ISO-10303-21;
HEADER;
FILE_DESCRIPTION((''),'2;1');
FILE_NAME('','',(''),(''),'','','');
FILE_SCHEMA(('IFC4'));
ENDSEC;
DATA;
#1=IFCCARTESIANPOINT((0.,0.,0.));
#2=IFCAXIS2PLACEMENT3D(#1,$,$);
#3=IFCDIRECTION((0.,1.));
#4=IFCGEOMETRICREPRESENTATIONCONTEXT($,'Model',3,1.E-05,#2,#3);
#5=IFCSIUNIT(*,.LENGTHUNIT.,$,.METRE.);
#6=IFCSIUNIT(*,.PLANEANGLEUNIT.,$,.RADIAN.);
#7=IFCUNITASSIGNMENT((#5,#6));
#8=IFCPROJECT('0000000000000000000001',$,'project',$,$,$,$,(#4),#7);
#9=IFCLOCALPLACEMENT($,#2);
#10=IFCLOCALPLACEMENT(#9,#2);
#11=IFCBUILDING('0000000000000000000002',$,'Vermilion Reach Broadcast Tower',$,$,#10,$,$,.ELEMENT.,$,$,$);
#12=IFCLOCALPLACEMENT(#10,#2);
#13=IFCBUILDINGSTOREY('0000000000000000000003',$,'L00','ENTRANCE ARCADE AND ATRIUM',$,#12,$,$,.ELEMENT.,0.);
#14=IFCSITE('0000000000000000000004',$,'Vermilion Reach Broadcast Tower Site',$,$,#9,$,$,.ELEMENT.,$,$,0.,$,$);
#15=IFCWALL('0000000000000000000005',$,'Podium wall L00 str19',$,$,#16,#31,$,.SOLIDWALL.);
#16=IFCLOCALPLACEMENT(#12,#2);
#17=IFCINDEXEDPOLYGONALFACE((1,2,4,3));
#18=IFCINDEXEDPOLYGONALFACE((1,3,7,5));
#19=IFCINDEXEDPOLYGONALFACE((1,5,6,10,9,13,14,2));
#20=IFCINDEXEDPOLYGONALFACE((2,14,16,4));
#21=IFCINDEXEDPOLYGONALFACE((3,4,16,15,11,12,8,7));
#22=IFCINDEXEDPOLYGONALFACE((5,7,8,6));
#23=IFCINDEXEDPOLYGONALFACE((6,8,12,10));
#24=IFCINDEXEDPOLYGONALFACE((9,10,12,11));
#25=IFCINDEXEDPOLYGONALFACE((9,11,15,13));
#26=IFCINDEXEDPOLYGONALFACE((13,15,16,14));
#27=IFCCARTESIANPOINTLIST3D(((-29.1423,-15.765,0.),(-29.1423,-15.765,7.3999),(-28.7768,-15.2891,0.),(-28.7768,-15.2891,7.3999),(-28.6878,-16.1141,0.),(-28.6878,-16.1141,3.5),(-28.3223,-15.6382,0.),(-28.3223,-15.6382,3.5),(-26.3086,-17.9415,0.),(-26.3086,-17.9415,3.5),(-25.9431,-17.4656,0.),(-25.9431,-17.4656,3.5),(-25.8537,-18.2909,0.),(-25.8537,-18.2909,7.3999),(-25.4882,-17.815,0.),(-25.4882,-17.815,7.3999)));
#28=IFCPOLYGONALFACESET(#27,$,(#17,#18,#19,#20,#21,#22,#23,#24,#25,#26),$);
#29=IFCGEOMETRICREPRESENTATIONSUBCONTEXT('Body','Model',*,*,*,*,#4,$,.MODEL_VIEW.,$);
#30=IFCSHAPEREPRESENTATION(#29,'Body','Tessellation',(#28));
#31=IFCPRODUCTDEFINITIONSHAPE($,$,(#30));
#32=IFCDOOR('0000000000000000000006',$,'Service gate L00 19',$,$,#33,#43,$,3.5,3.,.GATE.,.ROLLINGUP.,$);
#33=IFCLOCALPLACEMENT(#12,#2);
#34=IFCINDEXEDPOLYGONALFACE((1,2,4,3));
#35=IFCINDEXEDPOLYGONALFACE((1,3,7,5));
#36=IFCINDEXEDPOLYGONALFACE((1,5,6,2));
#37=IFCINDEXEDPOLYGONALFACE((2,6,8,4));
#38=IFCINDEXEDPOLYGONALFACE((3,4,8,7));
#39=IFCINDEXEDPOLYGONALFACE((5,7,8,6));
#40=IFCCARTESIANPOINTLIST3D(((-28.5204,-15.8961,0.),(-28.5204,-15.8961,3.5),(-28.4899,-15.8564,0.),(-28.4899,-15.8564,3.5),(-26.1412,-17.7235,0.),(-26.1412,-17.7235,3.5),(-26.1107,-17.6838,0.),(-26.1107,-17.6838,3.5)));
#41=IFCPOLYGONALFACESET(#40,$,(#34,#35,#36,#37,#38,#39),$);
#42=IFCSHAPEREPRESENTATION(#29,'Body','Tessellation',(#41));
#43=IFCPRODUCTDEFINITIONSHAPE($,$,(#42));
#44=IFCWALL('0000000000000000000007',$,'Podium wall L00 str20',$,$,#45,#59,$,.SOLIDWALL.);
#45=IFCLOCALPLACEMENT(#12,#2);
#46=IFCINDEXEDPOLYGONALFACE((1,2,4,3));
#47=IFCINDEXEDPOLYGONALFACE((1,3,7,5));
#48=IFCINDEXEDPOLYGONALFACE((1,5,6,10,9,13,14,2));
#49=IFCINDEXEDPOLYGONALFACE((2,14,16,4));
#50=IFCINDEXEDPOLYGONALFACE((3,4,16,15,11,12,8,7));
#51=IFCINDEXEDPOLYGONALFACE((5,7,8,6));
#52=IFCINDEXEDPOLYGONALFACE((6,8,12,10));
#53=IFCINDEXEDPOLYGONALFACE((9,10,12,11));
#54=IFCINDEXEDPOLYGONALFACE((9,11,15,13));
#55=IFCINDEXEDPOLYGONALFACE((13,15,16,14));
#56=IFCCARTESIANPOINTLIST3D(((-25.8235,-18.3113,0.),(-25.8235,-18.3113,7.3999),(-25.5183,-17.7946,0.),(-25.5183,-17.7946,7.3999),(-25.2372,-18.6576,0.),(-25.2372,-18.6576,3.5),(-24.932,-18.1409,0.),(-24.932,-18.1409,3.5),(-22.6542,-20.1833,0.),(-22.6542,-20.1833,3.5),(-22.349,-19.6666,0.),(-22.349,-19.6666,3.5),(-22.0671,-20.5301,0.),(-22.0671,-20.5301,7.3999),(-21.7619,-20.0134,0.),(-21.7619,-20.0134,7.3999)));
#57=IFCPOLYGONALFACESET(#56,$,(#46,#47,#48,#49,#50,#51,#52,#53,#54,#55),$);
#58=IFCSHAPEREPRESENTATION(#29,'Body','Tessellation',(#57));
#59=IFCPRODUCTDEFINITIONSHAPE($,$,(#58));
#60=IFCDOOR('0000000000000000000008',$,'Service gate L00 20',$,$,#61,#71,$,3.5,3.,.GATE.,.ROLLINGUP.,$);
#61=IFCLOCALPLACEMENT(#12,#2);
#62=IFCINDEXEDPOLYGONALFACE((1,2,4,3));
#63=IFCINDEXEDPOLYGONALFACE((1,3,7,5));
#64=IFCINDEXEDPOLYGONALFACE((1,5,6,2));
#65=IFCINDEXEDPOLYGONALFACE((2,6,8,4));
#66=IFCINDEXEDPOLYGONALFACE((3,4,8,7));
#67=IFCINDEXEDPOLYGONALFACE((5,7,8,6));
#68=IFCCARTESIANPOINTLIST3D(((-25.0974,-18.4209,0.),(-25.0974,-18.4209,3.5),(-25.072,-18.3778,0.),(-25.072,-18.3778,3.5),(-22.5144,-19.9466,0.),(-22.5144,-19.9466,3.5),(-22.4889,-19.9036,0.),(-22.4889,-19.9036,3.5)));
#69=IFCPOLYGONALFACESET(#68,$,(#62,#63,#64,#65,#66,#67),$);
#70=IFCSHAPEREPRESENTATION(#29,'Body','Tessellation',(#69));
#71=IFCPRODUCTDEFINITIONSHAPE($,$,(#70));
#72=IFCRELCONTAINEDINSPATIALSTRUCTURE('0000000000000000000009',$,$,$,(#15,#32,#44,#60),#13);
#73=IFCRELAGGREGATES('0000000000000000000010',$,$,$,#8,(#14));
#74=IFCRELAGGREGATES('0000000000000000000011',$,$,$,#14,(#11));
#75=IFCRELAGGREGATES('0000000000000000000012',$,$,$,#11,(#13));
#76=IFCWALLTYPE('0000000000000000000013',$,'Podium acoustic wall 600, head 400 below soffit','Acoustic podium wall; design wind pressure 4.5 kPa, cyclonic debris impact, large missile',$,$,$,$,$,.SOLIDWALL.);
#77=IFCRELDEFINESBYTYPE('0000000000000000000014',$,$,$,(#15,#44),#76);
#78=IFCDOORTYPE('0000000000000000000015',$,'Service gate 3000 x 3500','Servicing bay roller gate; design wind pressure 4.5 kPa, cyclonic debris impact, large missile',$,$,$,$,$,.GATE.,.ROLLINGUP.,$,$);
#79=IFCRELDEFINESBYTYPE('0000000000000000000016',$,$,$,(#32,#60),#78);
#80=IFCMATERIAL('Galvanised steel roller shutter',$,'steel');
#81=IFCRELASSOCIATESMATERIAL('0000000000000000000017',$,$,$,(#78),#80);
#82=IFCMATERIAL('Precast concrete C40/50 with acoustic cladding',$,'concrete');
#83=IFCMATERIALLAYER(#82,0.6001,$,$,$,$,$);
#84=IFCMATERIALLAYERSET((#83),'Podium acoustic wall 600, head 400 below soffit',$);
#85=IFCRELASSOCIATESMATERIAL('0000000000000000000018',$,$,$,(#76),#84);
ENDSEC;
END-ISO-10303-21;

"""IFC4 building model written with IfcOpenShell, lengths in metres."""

from ifc_helpers import new_model, si_unit, direction, frame, frame_2d, origin, place, context, subcontext, project, spatial, rectangle, extrude, material, layer, layer_set, type_object, element, fill, save


model = new_model("IFC4")

# Units and contexts
model_context = context("Model", 3, precision=1e-05, world=origin(), true_north=direction((0.0, 1.0)))
body_context = subcontext(model_context, "Body", "Model", "MODEL_VIEW")
ifc_project = project(units=[si_unit("LENGTHUNIT", "METRE"), si_unit("PLANEANGLEUNIT", "RADIAN")], contexts=[model_context])

# Site, building, storey
site_placement = place(None, origin())
site = spatial("IfcSite", under=ifc_project, at=site_placement, Name="Vermilion Reach Broadcast Tower Site", CompositionType="ELEMENT", RefElevation=0.0)
building_placement = place(site_placement, origin())
building = spatial("IfcBuilding", under=site, at=building_placement, Name="Vermilion Reach Broadcast Tower", CompositionType="ELEMENT")
storey_placement = place(building_placement, origin())
storey = spatial("IfcBuildingStorey", under=building, at=storey_placement, Name="L00", Description="ENTRANCE ARCADE AND ATRIUM", CompositionType="ELEMENT", Elevation=0.0)

# Walls, openings, doors
ifc_material_1 = material(Name="Galvanised steel roller shutter", Category="steel")
door_type_1 = type_object("IfcDoorType", Name="Service gate 3000 x 3500", Description="Servicing bay roller gate; design wind pressure 4.5 kPa, cyclonic debris impact, large missile", OperationType="ROLLINGUP", PredefinedType="GATE", material=ifc_material_1)
ifc_material_2 = material(Name="Precast concrete C40/50 with acoustic cladding", Category="concrete")
ifc_layer_1 = layer(ifc_material_2, 0.6001)
ifc_layer_set_1 = layer_set([ifc_layer_1], Name="Podium acoustic wall 600, head 400 below soffit")
wall_type_1 = type_object("IfcWallType", Name="Podium acoustic wall 600, head 400 below soffit", Description="Acoustic podium wall; design wind pressure 4.5 kPa, cyclonic debris impact, large missile", PredefinedType="SOLIDWALL", material=ifc_layer_set_1)
wall_1_placement = place(storey_placement, frame((-28.9595, -15.5271, 0.0), z_axis=(0.0, 0.0, 1.0), x_axis=(0.793066, -0.609136, 0.0)))
wall_1 = element("IfcWall", 1, at=wall_1_placement, inside=storey, type_object=wall_type_1, Name="Podium wall L00 str19", PredefinedType="SOLIDWALL", context=body_context, shape_type="SweptSolid", body=[
    extrude(rectangle(XDim=4.1467, YDim=0.6001, at=frame_2d((2.0732, 0.0))), origin(), (0.0, 0.0, 1.0), 7.3999),
])
opening_1_placement = place(wall_1_placement, frame((0.573, 0.0, 0.0)))
opening_1 = element("IfcOpeningElement", 2, at=opening_1_placement, cuts=wall_1, PredefinedType="OPENING", context=body_context, shape_type="SweptSolid", body=[
    extrude(rectangle(XDim=3.0, YDim=3.5, at=frame_2d((1.5, 1.75))), frame((0.0, 0.3101, 0.0), z_axis=(0.0, -1.0, 0.0), x_axis=(1.0, 0.0, 0.0)), (0.0, 0.0, 1.0), 0.6201),
])
door_1_placement = place(opening_1_placement, origin())
door_1 = element("IfcDoor", 3, at=door_1_placement, inside=storey, type_object=door_type_1, Name="Service gate L00 19", OperationType="ROLLINGUP", OverallHeight=3.5, OverallWidth=3.0, PredefinedType="GATE", context=body_context, shape_type="SweptSolid", body=[
    extrude(rectangle(XDim=3.0, YDim=3.5, at=frame_2d((1.5, 1.75))), frame((0.0, 0.0249, 0.0), z_axis=(0.0, -1.0, 0.0), x_axis=(1.0, 0.0, 0.0)), (0.0, 0.0, 1.0), 0.05),
])
fill(opening_1, door_1)
wall_2_placement = place(storey_placement, frame((-25.6709, -18.053, 0.0), z_axis=(0.0, 0.0, 1.0), x_axis=(0.861018, -0.508575, 0.0)))
wall_2 = element("IfcWall", 4, at=wall_2_placement, inside=storey, type_object=wall_type_1, Name="Podium wall L00 str20", PredefinedType="SOLIDWALL", context=body_context, shape_type="SweptSolid", body=[
    extrude(rectangle(XDim=4.3628, YDim=0.6001, at=frame_2d((2.1814, 0.0))), origin(), (0.0, 0.0, 1.0), 7.3999),
])
opening_2_placement = place(wall_2_placement, frame((0.6809, 0.0, 0.0)))
opening_2 = element("IfcOpeningElement", 5, at=opening_2_placement, cuts=wall_2, PredefinedType="OPENING", context=body_context, shape_type="SweptSolid", body=[
    extrude(rectangle(XDim=3.0, YDim=3.5, at=frame_2d((1.5, 1.75))), frame((0.0, 0.3101, 0.0), z_axis=(0.0, -1.0, 0.0), x_axis=(1.0, 0.0, 0.0)), (0.0, 0.0, 1.0), 0.6201),
])
door_2_placement = place(opening_2_placement, origin())
door_2 = element("IfcDoor", 6, at=door_2_placement, inside=storey, type_object=door_type_1, Name="Service gate L00 20", OperationType="ROLLINGUP", OverallHeight=3.5, OverallWidth=3.0, PredefinedType="GATE", context=body_context, shape_type="SweptSolid", body=[
    extrude(rectangle(XDim=3.0, YDim=3.5, at=frame_2d((1.5, 1.75))), frame((0.0, 0.0249, 0.0), z_axis=(0.0, -1.0, 0.0), x_axis=(1.0, 0.0, 0.0)), (0.0, 0.0, 1.0), 0.05),
])
fill(opening_2, door_2)

save(model, "model.ifc")
